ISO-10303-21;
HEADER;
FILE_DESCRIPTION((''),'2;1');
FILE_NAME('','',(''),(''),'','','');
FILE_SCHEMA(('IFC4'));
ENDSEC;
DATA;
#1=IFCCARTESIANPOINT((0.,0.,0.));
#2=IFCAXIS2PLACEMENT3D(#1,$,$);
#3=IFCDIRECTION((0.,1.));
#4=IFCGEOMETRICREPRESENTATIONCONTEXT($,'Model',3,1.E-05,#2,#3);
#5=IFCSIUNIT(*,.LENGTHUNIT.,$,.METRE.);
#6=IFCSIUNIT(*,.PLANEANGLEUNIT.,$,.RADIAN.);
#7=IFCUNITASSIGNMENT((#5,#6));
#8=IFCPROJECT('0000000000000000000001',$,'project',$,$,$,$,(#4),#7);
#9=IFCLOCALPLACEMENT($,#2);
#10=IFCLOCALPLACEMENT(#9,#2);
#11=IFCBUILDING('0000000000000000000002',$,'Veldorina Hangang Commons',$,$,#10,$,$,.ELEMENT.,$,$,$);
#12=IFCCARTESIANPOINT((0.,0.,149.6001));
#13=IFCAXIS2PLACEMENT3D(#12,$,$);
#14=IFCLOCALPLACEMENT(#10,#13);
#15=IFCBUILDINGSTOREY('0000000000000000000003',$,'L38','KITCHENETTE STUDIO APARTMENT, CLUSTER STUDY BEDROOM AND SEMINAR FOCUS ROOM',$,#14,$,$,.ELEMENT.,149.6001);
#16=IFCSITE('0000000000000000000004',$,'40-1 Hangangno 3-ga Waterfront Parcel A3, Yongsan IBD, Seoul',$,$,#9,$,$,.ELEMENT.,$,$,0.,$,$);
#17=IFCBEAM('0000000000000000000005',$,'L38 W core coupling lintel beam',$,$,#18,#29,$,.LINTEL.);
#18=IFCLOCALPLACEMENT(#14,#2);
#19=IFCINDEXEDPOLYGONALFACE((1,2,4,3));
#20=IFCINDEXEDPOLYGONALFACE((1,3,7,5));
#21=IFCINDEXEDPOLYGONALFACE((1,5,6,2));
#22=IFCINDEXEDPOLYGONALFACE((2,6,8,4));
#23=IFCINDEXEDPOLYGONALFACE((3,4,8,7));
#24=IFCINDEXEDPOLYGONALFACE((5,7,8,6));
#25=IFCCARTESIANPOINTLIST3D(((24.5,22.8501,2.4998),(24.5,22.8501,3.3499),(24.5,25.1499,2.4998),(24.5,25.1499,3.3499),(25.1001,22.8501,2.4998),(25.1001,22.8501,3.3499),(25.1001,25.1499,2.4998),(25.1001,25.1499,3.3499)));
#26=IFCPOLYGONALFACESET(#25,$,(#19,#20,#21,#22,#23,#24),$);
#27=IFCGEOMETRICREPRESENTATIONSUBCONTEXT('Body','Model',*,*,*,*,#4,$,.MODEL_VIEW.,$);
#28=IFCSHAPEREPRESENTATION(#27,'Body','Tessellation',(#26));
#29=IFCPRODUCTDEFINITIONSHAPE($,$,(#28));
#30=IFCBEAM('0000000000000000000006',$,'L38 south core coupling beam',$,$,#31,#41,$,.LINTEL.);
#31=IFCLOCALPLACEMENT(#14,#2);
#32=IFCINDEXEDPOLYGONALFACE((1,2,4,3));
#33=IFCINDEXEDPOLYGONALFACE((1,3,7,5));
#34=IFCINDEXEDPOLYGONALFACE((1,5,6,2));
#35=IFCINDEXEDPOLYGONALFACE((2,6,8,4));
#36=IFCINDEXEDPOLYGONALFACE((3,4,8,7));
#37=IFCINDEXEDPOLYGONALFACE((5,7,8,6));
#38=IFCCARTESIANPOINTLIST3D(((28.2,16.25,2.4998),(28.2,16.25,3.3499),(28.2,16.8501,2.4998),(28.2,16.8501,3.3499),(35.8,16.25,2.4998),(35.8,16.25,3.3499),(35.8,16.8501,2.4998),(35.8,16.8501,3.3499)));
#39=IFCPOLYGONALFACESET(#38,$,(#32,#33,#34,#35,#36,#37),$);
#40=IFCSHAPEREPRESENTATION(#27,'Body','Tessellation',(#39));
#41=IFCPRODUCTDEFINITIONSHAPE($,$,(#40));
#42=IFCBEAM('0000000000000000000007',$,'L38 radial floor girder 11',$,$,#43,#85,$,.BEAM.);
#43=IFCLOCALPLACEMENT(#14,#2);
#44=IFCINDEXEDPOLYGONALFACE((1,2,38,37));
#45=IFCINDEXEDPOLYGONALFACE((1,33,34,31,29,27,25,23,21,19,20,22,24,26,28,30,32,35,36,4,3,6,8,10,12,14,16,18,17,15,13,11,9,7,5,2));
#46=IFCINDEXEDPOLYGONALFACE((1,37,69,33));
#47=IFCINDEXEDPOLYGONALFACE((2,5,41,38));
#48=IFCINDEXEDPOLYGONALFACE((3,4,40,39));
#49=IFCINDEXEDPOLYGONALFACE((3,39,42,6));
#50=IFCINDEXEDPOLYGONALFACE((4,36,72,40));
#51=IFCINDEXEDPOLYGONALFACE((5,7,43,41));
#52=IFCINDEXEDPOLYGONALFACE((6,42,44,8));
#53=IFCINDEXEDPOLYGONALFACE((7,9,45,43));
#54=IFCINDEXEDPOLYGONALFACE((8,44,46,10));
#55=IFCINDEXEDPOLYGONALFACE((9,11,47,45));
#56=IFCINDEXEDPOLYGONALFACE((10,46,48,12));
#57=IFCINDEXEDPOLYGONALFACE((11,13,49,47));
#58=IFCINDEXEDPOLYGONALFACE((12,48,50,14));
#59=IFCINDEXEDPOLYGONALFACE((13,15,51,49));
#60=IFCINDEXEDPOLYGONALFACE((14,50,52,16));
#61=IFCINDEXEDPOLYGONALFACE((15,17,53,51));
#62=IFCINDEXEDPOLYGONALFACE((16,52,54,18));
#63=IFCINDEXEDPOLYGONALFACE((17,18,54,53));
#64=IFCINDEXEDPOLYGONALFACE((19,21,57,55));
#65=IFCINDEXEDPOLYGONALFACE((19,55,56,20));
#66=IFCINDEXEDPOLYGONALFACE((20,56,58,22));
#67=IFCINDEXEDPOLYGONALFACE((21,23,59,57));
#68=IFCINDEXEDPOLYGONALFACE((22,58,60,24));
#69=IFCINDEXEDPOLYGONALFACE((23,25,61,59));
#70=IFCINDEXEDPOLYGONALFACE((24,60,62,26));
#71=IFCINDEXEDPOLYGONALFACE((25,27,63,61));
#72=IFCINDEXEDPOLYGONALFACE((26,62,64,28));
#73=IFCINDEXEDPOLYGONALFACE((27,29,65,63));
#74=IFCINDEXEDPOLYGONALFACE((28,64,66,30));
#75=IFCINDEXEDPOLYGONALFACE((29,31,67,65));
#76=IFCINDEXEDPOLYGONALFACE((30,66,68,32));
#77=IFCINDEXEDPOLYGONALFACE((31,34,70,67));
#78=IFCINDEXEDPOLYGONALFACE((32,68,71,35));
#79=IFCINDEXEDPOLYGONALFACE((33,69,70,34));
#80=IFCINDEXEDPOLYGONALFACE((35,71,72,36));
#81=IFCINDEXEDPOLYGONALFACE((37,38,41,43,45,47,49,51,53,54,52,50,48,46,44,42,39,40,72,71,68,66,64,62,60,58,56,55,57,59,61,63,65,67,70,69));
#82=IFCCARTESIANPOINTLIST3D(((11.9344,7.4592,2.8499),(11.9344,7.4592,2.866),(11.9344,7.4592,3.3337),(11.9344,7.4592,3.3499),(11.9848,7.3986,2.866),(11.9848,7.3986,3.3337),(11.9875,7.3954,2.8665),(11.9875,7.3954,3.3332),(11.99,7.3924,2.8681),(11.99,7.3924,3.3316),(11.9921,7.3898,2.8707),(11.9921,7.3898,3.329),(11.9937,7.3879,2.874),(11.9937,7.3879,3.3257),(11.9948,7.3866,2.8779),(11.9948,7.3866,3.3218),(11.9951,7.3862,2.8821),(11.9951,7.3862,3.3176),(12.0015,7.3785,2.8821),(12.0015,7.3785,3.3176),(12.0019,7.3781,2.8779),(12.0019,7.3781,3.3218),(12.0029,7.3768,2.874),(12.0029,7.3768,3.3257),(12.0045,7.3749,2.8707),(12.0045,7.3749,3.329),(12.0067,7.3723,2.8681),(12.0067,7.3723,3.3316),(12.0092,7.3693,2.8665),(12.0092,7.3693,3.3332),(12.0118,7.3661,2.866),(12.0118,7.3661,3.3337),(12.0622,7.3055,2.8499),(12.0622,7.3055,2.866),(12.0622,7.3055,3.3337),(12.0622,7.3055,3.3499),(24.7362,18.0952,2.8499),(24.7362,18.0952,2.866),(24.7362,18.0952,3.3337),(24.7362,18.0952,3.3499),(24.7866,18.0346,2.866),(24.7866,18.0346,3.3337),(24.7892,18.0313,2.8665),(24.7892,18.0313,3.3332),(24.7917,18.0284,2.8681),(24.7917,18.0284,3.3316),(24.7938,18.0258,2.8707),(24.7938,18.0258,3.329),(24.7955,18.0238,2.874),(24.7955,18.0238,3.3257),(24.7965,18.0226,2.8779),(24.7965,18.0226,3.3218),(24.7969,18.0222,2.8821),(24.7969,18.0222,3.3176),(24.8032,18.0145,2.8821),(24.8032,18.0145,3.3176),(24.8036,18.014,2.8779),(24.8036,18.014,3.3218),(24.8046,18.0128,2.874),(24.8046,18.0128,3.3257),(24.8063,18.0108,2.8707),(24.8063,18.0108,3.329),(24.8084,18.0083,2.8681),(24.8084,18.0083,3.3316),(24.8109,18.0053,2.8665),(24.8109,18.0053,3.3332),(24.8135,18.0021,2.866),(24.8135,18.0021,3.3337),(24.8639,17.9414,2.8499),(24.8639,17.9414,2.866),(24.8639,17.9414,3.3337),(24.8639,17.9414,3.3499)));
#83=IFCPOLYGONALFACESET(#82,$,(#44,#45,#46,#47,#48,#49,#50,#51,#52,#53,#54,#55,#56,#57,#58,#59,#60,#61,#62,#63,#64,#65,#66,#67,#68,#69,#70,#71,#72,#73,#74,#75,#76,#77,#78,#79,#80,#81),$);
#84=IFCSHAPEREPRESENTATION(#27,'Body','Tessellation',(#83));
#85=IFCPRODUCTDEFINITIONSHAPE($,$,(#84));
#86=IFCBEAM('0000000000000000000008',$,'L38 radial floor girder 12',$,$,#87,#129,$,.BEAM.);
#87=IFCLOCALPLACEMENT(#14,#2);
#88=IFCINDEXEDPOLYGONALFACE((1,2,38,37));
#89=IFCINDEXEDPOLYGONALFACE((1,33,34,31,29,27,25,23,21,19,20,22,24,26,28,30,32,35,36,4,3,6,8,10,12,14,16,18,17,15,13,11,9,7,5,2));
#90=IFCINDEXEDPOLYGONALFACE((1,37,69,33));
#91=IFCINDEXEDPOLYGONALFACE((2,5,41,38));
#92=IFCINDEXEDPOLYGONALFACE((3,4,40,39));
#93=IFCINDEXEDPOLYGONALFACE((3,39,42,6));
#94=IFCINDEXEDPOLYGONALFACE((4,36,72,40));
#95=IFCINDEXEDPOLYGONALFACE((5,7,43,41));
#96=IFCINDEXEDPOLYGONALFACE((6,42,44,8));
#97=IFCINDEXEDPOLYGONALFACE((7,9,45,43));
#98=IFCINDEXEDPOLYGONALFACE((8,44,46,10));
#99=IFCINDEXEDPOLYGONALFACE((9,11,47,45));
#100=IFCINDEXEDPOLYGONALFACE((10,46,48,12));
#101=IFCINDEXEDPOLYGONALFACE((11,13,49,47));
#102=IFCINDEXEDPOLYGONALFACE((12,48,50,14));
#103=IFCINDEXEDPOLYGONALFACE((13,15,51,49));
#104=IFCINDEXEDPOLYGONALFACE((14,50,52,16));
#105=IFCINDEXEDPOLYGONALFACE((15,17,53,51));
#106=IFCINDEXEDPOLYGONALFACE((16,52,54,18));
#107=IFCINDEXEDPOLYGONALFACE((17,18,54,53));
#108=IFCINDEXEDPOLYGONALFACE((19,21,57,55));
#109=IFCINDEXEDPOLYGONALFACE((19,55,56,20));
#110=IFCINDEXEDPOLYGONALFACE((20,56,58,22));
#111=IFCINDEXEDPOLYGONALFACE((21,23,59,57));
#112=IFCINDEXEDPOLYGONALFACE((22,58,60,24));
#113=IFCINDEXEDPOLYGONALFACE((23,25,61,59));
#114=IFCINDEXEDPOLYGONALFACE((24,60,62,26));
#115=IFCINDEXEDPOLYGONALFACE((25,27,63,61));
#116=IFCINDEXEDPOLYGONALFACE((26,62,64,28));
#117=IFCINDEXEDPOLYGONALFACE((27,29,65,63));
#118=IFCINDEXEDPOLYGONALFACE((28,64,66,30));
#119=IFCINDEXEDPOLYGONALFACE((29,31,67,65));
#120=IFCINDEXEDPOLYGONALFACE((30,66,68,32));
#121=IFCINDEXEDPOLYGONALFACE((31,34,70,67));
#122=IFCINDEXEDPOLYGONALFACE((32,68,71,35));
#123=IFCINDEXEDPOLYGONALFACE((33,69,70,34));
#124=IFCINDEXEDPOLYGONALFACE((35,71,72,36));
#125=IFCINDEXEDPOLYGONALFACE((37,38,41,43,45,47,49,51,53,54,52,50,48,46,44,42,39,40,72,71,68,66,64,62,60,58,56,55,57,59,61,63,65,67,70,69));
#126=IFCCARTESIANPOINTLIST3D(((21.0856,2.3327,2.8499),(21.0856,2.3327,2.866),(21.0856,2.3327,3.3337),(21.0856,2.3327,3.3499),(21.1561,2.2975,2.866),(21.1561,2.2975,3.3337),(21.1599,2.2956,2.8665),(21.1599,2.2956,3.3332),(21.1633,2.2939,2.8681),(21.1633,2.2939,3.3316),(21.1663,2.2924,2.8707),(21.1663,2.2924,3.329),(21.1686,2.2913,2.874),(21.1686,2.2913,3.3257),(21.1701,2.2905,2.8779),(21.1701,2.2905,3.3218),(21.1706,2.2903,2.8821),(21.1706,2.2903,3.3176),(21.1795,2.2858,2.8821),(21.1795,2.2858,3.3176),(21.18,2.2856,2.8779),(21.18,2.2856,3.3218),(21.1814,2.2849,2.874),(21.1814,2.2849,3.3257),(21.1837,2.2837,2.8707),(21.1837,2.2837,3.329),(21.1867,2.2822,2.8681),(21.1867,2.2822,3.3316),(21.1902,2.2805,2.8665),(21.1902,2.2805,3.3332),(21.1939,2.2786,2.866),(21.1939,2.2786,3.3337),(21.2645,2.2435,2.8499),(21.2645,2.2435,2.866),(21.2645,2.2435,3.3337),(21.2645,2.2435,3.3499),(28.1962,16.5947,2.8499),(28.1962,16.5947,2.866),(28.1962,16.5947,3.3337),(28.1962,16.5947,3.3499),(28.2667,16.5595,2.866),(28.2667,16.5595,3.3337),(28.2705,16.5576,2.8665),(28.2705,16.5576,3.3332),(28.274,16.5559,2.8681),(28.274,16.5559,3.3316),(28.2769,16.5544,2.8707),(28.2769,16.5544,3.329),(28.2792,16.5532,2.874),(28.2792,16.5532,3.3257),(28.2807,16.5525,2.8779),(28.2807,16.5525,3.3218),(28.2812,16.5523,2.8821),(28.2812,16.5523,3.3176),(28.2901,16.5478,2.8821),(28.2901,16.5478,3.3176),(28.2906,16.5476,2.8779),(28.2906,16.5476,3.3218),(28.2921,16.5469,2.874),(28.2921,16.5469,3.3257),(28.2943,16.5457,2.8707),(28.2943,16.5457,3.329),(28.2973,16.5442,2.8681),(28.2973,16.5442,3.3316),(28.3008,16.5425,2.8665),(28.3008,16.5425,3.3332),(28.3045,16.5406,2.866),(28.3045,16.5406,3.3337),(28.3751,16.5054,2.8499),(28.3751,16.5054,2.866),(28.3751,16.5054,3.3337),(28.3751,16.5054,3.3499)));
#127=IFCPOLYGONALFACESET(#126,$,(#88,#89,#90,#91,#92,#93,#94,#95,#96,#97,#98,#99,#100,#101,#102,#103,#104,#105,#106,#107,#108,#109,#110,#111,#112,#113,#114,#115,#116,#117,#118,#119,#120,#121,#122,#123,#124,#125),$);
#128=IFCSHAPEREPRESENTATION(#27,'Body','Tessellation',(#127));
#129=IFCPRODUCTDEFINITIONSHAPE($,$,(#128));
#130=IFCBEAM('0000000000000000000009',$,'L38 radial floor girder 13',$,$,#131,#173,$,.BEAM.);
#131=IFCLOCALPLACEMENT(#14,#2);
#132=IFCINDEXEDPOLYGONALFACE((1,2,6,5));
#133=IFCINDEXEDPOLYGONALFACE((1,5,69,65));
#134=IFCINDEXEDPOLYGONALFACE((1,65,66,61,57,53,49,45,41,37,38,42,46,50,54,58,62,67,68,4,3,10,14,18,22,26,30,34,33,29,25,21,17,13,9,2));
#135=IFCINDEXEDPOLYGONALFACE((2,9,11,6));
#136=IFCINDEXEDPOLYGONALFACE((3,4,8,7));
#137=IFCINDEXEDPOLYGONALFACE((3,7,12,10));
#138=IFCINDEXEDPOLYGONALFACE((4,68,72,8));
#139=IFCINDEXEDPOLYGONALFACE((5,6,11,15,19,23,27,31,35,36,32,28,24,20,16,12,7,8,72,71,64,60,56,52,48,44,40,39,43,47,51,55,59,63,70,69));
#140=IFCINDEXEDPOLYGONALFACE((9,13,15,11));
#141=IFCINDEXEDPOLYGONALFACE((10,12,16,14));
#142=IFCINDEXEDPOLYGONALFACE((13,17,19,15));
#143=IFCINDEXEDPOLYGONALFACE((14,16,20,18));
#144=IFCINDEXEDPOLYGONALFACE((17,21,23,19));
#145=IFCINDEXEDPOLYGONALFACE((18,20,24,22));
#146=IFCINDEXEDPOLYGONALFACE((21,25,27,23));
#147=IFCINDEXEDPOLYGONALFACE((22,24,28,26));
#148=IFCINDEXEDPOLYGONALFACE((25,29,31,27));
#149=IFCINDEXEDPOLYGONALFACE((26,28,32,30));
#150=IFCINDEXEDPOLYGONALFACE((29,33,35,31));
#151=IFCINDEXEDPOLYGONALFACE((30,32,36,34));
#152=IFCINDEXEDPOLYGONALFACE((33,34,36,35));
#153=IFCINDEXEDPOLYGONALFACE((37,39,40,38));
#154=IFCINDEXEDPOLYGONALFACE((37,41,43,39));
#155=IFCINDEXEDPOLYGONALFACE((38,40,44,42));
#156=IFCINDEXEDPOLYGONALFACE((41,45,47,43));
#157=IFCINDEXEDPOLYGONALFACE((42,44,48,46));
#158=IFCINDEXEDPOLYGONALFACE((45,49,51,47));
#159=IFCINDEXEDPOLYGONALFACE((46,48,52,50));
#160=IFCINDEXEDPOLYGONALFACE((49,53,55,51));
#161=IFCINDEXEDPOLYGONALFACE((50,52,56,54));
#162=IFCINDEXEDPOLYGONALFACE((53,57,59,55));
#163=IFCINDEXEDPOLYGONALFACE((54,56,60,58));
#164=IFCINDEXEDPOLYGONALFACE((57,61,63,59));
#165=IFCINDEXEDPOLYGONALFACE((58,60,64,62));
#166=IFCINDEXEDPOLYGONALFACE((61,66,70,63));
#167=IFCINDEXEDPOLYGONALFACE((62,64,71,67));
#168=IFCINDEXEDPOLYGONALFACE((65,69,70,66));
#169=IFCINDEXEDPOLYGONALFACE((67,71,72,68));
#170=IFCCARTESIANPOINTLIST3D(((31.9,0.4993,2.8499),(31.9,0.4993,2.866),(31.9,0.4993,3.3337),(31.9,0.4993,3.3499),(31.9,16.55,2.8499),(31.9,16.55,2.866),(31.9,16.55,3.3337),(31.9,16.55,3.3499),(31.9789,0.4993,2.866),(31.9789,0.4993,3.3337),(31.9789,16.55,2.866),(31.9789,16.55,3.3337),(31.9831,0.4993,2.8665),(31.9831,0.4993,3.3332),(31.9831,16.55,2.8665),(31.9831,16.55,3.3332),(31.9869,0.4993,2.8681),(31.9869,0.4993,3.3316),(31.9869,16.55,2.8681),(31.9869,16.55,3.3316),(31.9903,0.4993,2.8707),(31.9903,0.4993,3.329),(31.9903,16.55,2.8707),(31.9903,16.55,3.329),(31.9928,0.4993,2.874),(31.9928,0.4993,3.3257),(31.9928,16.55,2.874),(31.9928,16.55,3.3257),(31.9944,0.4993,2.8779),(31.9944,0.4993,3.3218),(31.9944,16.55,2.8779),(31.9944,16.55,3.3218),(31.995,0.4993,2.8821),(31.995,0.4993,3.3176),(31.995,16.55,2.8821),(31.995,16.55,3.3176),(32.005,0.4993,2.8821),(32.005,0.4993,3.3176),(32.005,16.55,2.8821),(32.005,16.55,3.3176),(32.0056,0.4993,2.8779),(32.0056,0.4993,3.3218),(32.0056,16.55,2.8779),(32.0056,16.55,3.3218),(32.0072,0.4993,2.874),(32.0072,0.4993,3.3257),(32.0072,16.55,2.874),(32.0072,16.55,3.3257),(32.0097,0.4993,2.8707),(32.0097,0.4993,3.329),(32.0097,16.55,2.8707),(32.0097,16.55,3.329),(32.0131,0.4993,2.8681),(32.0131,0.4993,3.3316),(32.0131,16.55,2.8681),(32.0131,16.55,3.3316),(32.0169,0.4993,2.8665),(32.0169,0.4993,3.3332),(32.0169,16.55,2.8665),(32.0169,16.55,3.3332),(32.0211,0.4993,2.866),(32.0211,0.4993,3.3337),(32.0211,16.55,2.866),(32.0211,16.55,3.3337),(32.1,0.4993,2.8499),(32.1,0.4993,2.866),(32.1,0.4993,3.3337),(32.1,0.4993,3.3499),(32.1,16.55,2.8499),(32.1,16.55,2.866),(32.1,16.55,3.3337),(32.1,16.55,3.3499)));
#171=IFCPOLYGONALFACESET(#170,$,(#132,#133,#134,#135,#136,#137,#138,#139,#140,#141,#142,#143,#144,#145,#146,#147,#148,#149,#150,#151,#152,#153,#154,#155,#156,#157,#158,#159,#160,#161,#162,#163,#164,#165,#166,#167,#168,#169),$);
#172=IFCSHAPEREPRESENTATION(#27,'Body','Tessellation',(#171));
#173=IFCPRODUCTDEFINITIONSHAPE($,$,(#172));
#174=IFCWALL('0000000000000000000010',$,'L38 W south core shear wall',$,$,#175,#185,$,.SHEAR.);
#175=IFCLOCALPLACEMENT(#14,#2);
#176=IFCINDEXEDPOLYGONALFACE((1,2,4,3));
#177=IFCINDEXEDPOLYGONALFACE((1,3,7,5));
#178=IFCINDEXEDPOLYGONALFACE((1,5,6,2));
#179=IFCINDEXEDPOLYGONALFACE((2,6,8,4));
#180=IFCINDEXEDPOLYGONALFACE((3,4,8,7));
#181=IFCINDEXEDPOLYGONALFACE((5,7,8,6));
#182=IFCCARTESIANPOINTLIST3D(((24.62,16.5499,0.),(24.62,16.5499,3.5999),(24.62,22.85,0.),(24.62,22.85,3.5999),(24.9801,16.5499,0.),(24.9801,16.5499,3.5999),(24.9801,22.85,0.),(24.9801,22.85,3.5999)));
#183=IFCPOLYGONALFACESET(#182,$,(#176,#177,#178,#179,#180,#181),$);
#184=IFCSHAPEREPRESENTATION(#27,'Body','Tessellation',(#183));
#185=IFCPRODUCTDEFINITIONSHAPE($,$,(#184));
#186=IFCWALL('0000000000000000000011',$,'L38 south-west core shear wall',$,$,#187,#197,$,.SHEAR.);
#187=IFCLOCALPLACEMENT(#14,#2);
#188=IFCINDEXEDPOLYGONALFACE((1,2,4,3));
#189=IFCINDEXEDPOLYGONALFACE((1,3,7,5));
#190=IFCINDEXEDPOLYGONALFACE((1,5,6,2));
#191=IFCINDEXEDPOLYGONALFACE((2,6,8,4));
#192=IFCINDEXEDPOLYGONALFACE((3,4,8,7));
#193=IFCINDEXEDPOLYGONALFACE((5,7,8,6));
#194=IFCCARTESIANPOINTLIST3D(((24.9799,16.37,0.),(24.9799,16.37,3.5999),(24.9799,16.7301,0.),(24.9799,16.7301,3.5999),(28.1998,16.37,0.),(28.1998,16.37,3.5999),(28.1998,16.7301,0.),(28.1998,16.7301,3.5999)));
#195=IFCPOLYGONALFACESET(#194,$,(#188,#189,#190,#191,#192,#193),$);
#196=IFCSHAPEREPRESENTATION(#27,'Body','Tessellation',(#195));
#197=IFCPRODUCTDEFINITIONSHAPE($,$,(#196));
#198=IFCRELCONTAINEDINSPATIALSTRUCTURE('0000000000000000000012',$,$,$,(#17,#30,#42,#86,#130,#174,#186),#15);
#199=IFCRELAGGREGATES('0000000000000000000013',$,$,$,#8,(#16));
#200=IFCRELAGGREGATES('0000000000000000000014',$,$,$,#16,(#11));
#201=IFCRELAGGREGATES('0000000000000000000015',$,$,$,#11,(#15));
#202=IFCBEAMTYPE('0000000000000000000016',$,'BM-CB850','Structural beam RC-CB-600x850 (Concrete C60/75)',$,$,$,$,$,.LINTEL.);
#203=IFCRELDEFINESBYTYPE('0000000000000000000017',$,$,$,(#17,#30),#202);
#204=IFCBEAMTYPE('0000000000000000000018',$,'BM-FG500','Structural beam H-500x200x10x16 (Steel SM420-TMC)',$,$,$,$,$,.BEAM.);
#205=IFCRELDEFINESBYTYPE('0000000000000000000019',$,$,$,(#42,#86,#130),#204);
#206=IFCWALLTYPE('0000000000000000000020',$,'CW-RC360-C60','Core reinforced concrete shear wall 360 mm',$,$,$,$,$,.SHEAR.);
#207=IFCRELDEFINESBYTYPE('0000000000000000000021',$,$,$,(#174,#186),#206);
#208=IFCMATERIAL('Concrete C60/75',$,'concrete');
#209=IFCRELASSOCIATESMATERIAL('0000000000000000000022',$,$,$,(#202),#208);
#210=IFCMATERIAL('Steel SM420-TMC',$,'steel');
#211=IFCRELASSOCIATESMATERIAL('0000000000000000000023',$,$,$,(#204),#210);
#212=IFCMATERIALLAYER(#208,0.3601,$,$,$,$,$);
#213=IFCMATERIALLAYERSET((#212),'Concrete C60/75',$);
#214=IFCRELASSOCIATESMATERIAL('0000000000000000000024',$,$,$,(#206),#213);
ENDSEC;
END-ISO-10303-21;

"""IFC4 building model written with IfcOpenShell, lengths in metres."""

from ifc_helpers import new_model, si_unit, direction, frame, frame_2d, origin, origin_2d, place, context, subcontext, project, spatial, rectangle, i_section, extrude, material, layer, layer_set, material_profile, profile_set, type_object, element, save


model = new_model("IFC4")

# Units and contexts
model_context = context("Model", 3, precision=1e-05, world=origin(), true_north=direction((0.0, 1.0)))
body_context = subcontext(model_context, "Body", "Model", "MODEL_VIEW")
ifc_project = project(units=[si_unit("LENGTHUNIT", "METRE"), si_unit("PLANEANGLEUNIT", "RADIAN")], contexts=[model_context])

# Site, building, storey
site_placement = place(None, origin())
site = spatial("IfcSite", under=ifc_project, at=site_placement, Name="40-1 Hangangno 3-ga Waterfront Parcel A3, Yongsan IBD, Seoul", CompositionType="ELEMENT", RefElevation=0.0)
building_placement = place(site_placement, origin())
building = spatial("IfcBuilding", under=site, at=building_placement, Name="Veldorina Hangang Commons", CompositionType="ELEMENT")
storey_placement = place(building_placement, frame((0.0, 0.0, 149.6001)))
storey = spatial("IfcBuildingStorey", under=building, at=storey_placement, Name="L38", Description="KITCHENETTE STUDIO APARTMENT, CLUSTER STUDY BEDROOM AND SEMINAR FOCUS ROOM", CompositionType="ELEMENT", Elevation=149.6001)

# Beams
ifc_material_1 = material(Name="Concrete C60/75", Category="concrete")
ifc_material_profile_1 = material_profile(ifc_material_1, rectangle(XDim=0.6001, YDim=0.8501, at=origin_2d()), Name="RC-CB-600x850")
ifc_profile_set_1 = profile_set([ifc_material_profile_1], Name="Concrete C60/75")
beam_type_1 = type_object("IfcBeamType", Name="BM-CB850", Description="Structural beam RC-CB-600x850 (Concrete C60/75)", PredefinedType="LINTEL", material=ifc_profile_set_1)
beam_1_placement = place(storey_placement, frame((24.8, 22.8501, 2.9248), z_axis=(0.0, 1.0, 0.0), x_axis=(-1.0, 0.0, 0.0)))
element("IfcBeam", 1, at=beam_1_placement, inside=storey, type_object=beam_type_1, Name="L38 W core coupling lintel beam", PredefinedType="LINTEL", context=body_context, shape_type="SweptSolid", body=[
    extrude(rectangle(XDim=0.6001, YDim=0.8501, at=origin_2d()), origin(), (0.0, 0.0, 1.0), 2.2998),
])
beam_2_placement = place(storey_placement, frame((28.2, 16.55, 2.9248), z_axis=(1.0, 0.0, 0.0), x_axis=(0.0, 1.0, 0.0)))
element("IfcBeam", 2, at=beam_2_placement, inside=storey, type_object=beam_type_1, Name="L38 south core coupling beam", PredefinedType="LINTEL", context=body_context, shape_type="SweptSolid", body=[
    extrude(rectangle(XDim=0.6001, YDim=0.8501, at=origin_2d()), origin(), (0.0, 0.0, 1.0), 7.6001),
])
ifc_material_2 = material(Name="Steel SM420-TMC", Category="steel")
ifc_material_profile_2 = material_profile(ifc_material_2, i_section(OverallWidth=0.2, OverallDepth=0.5, WebThickness=0.01, FlangeThickness=0.0161, FilletRadius=0.0161, at=origin_2d()), Name="H-500x200x10x16")
ifc_profile_set_2 = profile_set([ifc_material_profile_2], Name="Steel SM420-TMC")
beam_type_2 = type_object("IfcBeamType", Name="BM-FG500", Description="Structural beam H-500x200x10x16 (Steel SM420-TMC)", PredefinedType="BEAM", material=ifc_profile_set_2)
beam_3_placement = place(storey_placement, frame((24.8, 18.0183, 3.0999), z_axis=(-0.76917, -0.639044, 0.0), x_axis=(0.639044, -0.76917, 0.0)))
element("IfcBeam", 3, at=beam_3_placement, inside=storey, type_object=beam_type_2, Name="L38 radial floor girder 11", PredefinedType="BEAM", context=body_context, shape_type="SweptSolid", body=[
    extrude(i_section(OverallWidth=0.2, OverallDepth=0.5, WebThickness=0.01, FlangeThickness=0.0161, FilletRadius=0.0161, at=origin_2d()), origin(), (0.0, 0.0, 1.0), 16.6436),
])
beam_4_placement = place(storey_placement, frame((28.2856, 16.55, 3.0999), z_axis=(-0.44619, -0.894938, 0.0), x_axis=(0.894938, -0.44619, 0.0)))
element("IfcBeam", 4, at=beam_4_placement, inside=storey, type_object=beam_type_2, Name="L38 radial floor girder 12", PredefinedType="BEAM", context=body_context, shape_type="SweptSolid", body=[
    extrude(i_section(OverallWidth=0.2, OverallDepth=0.5, WebThickness=0.01, FlangeThickness=0.0161, FilletRadius=0.0161, at=origin_2d()), origin(), (0.0, 0.0, 1.0), 15.9363),
])
beam_5_placement = place(storey_placement, frame((32.0, 16.55, 3.0999), z_axis=(0.0, -1.0, 0.0), x_axis=(1.0, 0.0, 0.0)))
element("IfcBeam", 5, at=beam_5_placement, inside=storey, type_object=beam_type_2, Name="L38 radial floor girder 13", PredefinedType="BEAM", context=body_context, shape_type="SweptSolid", body=[
    extrude(i_section(OverallWidth=0.2, OverallDepth=0.5, WebThickness=0.01, FlangeThickness=0.0161, FilletRadius=0.0161, at=origin_2d()), origin(), (0.0, 0.0, 1.0), 16.0508),
])

# Walls
ifc_layer_1 = layer(ifc_material_1, 0.3601)
ifc_layer_set_1 = layer_set([ifc_layer_1], Name="Concrete C60/75")
wall_type_1 = type_object("IfcWallType", Name="CW-RC360-C60", Description="Core reinforced concrete shear wall 360 mm", PredefinedType="SHEAR", material=ifc_layer_set_1)
wall_1_placement = place(storey_placement, frame((24.8, 16.55, 0.0), z_axis=(0.0, 0.0, 1.0), x_axis=(0.0, 1.0, 0.0)))
element("IfcWall", 6, at=wall_1_placement, inside=storey, type_object=wall_type_1, Name="L38 W south core shear wall", PredefinedType="SHEAR", context=body_context, shape_type="SweptSolid", body=[
    extrude(rectangle(XDim=6.3, YDim=0.3601, at=frame_2d((3.1499, 0.0))), origin(), (0.0, 0.0, 1.0), 3.5999),
])
wall_2_placement = place(storey_placement, frame((24.98, 16.55, 0.0), z_axis=(0.0, 0.0, 1.0), x_axis=(1.0, 0.0, 0.0)))
element("IfcWall", 7, at=wall_2_placement, inside=storey, type_object=wall_type_1, Name="L38 south-west core shear wall", PredefinedType="SHEAR", context=body_context, shape_type="SweptSolid", body=[
    extrude(rectangle(XDim=3.22, YDim=0.3601, at=frame_2d((1.6099, 0.0))), origin(), (0.0, 0.0, 1.0), 3.5999),
])

save(model, "model.ifc")
